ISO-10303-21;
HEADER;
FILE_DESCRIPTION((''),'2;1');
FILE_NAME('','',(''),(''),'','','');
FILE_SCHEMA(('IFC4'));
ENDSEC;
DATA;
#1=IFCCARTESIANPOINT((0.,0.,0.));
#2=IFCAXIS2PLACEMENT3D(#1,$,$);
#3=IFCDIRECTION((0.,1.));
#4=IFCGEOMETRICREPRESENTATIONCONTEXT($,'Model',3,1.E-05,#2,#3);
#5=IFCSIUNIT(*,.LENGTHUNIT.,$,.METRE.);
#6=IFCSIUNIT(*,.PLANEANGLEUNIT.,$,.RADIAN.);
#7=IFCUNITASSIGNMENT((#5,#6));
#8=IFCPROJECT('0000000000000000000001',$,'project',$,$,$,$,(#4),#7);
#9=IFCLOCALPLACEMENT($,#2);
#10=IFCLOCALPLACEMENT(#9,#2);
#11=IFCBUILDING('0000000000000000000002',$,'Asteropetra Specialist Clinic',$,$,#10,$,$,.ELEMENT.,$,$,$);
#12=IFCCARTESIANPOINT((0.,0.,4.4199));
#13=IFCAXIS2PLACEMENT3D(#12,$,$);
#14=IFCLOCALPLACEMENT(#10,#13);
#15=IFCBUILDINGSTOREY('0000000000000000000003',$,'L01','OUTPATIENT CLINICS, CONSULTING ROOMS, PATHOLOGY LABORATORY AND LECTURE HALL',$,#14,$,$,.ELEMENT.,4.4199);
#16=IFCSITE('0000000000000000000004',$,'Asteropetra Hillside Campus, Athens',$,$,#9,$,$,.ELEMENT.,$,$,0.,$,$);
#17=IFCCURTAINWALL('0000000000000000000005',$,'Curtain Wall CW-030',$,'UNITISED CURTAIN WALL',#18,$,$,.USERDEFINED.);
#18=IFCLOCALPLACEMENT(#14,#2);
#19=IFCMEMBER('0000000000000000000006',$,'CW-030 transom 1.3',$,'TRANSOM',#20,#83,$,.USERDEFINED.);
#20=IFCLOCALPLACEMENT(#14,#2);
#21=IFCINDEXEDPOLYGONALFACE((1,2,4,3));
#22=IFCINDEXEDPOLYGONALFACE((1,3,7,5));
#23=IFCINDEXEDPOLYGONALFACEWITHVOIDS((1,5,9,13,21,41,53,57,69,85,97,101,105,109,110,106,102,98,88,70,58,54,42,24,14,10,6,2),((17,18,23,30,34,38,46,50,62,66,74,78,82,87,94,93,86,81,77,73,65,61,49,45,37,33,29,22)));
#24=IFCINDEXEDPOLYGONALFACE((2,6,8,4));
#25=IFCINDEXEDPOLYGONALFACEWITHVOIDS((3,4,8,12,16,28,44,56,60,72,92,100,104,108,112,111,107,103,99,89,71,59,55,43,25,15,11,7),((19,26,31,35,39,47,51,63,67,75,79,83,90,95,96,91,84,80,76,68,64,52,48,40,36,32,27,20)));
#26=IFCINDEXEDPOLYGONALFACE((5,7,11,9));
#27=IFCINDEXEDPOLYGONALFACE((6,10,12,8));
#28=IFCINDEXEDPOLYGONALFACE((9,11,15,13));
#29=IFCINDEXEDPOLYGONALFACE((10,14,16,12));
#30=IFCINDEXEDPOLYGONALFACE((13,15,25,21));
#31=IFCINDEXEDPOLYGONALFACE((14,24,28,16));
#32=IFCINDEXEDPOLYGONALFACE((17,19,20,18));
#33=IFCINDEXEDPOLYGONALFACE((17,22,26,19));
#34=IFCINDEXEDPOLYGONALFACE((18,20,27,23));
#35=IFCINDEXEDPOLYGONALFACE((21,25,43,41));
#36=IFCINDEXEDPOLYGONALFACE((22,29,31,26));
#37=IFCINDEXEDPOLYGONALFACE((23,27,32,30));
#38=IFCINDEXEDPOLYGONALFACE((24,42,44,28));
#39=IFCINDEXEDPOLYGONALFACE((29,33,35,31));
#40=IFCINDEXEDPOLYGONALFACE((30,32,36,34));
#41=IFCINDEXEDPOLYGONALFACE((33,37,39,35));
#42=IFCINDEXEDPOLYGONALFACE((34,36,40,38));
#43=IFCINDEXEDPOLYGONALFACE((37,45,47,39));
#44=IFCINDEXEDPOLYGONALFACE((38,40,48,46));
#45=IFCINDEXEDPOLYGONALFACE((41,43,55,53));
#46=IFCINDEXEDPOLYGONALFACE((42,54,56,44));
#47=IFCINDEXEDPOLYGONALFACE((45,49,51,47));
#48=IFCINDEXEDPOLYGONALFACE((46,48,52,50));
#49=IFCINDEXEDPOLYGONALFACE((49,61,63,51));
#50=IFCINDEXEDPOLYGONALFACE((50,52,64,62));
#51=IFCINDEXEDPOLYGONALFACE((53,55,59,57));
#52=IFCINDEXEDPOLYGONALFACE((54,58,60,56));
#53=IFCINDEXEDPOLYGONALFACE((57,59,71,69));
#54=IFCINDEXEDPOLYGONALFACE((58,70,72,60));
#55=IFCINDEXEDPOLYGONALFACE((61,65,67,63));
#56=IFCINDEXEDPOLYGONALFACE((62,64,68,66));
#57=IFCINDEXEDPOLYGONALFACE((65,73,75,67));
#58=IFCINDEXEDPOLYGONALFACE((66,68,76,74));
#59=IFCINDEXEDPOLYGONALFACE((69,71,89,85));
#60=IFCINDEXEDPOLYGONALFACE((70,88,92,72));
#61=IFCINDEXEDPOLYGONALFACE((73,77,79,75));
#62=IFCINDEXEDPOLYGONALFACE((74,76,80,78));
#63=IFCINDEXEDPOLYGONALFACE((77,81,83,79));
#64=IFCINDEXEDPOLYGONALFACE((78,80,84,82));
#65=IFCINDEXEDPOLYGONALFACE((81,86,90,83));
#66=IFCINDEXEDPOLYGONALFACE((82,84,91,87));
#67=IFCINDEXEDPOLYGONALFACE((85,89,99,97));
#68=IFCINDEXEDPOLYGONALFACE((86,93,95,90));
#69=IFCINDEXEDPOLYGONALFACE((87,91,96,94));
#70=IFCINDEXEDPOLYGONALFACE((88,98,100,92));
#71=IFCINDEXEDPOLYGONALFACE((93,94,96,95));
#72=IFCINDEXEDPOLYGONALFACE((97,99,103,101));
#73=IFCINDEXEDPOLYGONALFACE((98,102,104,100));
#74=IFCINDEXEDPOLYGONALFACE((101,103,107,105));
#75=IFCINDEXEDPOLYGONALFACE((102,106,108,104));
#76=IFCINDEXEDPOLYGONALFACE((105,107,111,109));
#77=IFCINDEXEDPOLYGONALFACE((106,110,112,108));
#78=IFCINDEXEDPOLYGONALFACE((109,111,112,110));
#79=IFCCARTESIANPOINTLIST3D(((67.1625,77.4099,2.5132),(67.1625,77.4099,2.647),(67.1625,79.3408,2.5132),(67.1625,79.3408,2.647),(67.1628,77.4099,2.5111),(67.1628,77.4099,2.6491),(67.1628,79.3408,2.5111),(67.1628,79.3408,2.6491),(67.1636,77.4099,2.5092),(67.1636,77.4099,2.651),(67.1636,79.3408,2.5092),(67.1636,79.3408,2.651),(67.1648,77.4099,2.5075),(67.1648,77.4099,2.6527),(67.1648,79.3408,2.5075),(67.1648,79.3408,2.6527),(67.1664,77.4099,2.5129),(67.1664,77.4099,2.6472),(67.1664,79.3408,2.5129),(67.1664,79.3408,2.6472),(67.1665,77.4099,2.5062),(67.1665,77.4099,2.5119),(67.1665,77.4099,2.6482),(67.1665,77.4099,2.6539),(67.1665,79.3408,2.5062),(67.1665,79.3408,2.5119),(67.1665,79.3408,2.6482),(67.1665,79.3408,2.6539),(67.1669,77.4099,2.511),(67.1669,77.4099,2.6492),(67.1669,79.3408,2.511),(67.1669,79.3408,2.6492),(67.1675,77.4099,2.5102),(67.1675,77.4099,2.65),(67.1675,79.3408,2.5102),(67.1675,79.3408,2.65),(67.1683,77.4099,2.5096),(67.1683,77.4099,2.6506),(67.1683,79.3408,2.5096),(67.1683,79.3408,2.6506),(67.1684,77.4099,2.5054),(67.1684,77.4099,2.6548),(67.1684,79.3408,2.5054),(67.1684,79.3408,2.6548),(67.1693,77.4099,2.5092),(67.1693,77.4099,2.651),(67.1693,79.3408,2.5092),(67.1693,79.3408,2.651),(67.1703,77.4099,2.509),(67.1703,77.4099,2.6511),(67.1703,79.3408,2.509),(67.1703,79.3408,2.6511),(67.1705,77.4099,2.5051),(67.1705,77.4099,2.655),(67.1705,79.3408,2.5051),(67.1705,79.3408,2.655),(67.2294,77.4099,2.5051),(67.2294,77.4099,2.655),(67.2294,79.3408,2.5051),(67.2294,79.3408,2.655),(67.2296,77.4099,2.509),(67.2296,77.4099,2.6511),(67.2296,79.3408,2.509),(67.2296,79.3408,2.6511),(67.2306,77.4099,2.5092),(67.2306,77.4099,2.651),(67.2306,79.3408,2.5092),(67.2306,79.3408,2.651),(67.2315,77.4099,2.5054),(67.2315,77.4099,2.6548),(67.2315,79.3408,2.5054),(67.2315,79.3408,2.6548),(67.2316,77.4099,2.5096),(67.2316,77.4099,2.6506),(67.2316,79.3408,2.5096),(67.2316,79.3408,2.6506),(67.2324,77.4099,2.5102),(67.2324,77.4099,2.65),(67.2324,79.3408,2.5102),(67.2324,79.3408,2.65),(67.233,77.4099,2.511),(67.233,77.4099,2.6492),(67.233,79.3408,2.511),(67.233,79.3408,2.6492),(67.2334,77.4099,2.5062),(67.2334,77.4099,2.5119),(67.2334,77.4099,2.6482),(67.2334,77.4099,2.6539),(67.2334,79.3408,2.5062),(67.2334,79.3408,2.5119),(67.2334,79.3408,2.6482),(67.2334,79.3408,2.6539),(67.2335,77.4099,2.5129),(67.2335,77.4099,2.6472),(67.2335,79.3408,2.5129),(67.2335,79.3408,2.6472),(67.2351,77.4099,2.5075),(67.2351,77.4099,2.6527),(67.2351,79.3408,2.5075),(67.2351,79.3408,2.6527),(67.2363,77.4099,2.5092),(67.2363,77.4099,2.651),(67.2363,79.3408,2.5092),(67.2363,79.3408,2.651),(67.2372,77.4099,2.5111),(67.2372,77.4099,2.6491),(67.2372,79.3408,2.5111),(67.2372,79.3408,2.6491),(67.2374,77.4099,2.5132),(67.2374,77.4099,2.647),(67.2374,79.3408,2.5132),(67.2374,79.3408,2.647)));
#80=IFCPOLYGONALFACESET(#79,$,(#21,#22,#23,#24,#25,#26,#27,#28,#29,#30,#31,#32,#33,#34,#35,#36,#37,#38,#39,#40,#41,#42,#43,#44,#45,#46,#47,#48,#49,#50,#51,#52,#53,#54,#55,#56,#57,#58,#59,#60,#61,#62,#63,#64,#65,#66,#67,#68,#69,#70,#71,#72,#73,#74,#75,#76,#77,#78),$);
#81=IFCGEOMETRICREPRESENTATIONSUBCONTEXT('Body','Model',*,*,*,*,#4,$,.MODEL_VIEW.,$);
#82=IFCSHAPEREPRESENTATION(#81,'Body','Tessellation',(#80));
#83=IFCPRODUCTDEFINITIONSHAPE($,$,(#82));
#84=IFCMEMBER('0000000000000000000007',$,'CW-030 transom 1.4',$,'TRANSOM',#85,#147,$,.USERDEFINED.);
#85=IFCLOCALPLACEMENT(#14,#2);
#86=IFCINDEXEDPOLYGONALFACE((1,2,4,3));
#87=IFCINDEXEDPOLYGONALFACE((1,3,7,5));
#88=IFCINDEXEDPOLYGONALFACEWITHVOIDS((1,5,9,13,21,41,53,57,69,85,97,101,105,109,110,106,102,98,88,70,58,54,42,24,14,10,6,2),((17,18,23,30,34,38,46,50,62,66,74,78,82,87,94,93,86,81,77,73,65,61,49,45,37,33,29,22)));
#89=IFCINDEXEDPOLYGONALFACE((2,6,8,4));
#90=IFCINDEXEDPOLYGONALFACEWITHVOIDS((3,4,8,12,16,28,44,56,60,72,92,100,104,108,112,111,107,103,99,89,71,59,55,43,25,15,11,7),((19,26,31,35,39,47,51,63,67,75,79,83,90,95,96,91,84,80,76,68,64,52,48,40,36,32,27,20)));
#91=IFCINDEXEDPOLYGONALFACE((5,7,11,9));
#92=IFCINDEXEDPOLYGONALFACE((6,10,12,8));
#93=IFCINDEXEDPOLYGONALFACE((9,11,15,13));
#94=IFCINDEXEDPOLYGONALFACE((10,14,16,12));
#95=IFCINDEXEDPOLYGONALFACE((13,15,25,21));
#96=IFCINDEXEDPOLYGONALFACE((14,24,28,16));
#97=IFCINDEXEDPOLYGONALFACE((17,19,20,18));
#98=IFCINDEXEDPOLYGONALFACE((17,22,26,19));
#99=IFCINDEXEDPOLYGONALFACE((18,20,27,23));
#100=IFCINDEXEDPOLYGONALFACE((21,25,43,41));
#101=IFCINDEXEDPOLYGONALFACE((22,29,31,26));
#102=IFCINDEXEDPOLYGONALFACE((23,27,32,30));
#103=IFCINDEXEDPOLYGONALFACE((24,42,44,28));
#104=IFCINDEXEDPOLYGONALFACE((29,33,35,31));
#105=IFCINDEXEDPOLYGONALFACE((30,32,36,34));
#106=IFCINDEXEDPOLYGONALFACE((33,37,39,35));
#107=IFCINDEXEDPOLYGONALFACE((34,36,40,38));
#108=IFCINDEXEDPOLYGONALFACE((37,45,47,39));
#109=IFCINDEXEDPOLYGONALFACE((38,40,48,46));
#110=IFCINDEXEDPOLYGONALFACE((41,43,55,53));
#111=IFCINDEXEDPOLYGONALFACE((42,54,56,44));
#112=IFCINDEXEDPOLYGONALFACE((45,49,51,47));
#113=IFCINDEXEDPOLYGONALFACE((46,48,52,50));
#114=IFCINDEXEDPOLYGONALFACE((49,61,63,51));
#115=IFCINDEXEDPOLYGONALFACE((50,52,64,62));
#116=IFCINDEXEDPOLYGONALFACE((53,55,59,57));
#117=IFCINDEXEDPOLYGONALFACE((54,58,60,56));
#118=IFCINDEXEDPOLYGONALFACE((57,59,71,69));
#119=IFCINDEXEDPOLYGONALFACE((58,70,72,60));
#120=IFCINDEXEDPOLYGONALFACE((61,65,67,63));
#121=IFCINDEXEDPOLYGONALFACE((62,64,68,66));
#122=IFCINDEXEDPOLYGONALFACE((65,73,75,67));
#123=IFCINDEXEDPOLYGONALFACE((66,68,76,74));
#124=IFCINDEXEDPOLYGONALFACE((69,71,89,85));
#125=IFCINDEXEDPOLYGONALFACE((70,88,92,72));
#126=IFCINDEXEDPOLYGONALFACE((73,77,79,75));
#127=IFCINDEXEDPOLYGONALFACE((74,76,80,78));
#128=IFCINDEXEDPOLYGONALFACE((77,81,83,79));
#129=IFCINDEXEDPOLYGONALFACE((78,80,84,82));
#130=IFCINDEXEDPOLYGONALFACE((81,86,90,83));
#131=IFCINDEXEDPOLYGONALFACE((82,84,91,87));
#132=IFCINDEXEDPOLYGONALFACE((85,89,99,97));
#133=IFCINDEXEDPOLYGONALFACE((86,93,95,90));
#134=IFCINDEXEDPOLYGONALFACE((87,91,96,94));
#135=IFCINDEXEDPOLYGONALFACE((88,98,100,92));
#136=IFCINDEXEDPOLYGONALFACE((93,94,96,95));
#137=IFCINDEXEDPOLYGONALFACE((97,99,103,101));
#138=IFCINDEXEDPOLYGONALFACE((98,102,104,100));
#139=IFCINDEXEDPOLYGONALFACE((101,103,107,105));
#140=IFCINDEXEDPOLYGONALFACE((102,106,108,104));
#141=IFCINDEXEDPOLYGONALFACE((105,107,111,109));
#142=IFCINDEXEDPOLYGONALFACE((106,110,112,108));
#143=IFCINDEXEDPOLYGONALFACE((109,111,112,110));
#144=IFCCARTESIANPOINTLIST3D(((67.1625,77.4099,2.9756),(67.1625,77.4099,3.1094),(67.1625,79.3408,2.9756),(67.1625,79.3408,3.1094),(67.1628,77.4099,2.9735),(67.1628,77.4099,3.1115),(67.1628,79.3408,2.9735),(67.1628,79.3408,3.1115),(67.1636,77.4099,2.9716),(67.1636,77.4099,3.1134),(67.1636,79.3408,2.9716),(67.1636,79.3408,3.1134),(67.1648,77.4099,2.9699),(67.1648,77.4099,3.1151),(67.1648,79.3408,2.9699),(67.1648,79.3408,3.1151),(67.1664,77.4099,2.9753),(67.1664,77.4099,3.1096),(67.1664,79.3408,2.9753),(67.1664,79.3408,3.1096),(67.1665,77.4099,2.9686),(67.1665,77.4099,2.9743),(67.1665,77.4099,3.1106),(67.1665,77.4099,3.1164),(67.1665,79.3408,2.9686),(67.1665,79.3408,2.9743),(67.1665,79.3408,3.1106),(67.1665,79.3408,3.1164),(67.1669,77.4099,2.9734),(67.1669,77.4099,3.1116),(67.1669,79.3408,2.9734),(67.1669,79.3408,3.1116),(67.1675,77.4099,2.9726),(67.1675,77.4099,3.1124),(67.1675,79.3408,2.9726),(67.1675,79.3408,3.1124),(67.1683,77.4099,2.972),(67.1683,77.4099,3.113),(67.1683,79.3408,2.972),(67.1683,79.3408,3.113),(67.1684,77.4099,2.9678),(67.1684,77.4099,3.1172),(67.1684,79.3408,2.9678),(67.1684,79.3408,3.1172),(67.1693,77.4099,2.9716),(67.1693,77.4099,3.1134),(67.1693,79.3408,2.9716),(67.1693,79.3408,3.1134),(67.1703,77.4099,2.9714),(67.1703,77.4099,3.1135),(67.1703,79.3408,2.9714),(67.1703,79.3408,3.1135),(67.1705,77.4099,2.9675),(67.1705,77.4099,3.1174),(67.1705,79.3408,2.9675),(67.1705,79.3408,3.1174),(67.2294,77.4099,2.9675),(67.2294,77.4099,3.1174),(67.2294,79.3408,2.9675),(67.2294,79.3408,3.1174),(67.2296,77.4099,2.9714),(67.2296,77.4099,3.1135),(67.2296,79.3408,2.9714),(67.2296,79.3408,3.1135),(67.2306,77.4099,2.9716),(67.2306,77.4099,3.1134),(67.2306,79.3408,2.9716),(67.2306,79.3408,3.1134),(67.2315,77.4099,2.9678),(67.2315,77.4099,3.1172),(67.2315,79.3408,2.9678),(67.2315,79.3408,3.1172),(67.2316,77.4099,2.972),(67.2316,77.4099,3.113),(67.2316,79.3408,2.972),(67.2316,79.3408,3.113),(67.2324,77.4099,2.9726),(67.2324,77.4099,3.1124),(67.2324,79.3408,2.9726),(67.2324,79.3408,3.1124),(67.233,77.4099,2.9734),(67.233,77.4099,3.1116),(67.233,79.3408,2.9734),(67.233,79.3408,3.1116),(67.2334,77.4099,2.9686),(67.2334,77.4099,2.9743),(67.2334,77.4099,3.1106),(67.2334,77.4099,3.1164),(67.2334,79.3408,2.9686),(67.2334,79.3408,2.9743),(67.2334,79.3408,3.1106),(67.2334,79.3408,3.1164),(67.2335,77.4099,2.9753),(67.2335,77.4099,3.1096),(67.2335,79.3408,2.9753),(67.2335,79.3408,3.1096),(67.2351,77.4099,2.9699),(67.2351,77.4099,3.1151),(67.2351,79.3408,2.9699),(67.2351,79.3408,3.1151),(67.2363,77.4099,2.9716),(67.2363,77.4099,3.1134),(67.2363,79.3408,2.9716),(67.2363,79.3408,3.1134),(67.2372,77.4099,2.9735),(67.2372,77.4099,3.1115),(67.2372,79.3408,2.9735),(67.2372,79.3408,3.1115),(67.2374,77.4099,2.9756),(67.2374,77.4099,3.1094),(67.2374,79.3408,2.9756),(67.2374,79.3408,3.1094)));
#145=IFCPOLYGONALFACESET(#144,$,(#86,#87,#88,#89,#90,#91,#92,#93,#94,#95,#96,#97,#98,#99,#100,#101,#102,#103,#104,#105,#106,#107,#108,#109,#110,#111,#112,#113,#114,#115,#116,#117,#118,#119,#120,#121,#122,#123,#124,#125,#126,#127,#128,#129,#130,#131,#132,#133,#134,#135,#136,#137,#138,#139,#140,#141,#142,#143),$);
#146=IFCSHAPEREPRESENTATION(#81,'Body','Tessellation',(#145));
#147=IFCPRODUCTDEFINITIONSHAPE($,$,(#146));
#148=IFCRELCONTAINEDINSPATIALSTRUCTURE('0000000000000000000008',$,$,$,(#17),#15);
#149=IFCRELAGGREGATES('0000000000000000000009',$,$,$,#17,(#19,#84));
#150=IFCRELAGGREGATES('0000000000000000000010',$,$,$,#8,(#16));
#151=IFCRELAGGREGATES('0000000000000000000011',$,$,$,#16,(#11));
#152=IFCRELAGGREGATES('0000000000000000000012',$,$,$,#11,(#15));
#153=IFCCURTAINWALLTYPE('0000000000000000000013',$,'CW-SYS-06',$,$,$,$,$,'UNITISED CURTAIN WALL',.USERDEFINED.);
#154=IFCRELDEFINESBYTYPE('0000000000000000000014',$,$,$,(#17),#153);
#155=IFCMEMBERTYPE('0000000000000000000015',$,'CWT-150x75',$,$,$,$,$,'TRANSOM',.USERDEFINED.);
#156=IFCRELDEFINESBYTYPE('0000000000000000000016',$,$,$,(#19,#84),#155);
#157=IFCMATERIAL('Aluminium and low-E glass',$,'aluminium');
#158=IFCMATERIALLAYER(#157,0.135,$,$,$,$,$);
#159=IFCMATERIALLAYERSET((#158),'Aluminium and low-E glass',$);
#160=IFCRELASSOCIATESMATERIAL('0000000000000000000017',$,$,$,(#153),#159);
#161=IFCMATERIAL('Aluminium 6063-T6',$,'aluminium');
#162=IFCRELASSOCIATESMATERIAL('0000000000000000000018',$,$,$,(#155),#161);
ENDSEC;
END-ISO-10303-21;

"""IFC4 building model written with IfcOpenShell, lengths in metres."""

from ifc_helpers import new_model, si_unit, direction, frame, origin, origin_2d, place, context, subcontext, project, spatial, hollow_rectangle, extrude, material, layer, layer_set, material_profile, profile_set, type_object, element, aggregate, save


model = new_model("IFC4")

# Units and contexts
model_context = context("Model", 3, precision=1e-05, world=origin(), true_north=direction((0.0, 1.0)))
body_context = subcontext(model_context, "Body", "Model", "MODEL_VIEW")
ifc_project = project(units=[si_unit("LENGTHUNIT", "METRE"), si_unit("PLANEANGLEUNIT", "RADIAN")], contexts=[model_context])

# Site, building, storey
site_placement = place(None, origin())
site = spatial("IfcSite", under=ifc_project, at=site_placement, Name="Asteropetra Hillside Campus, Athens", CompositionType="ELEMENT", RefElevation=0.0)
building_placement = place(site_placement, origin())
building = spatial("IfcBuilding", under=site, at=building_placement, Name="Asteropetra Specialist Clinic", CompositionType="ELEMENT")
storey_placement = place(building_placement, frame((0.0, 0.0, 4.4199)))
storey = spatial("IfcBuildingStorey", under=building, at=storey_placement, Name="L01", Description="OUTPATIENT CLINICS, CONSULTING ROOMS, PATHOLOGY LABORATORY AND LECTURE HALL", CompositionType="ELEMENT", Elevation=4.4199)

# Curtain wall, members
ifc_material_1 = material(Name="Aluminium and low-E glass", Category="aluminium")
ifc_layer_1 = layer(ifc_material_1, 0.135)
ifc_layer_set_1 = layer_set([ifc_layer_1], Name="Aluminium and low-E glass")
curtain_wall_type_1 = type_object("IfcCurtainWallType", Name="CW-SYS-06", ElementType="UNITISED CURTAIN WALL", PredefinedType="USERDEFINED", material=ifc_layer_set_1)
curtain_wall_1_placement = place(storey_placement, origin())
curtain_wall_1 = element("IfcCurtainWall", 1, at=curtain_wall_1_placement, inside=storey, type_object=curtain_wall_type_1, Name="Curtain Wall CW-030", ObjectType="UNITISED CURTAIN WALL", PredefinedType="USERDEFINED")
ifc_material_2 = material(Name="Aluminium 6063-T6", Category="aluminium")
ifc_material_profile_1 = material_profile(ifc_material_2, hollow_rectangle(XDim=0.075, YDim=0.1499, WallThickness=0.0039, InnerFilletRadius=0.0039, OuterFilletRadius=0.0081, at=origin_2d()), Name="TRN 150x75x4.0")
ifc_profile_set_1 = profile_set([ifc_material_profile_1], Name="Aluminium 6063-T6")
member_type_1 = type_object("IfcMemberType", Name="CWT-150x75", ElementType="TRANSOM", PredefinedType="USERDEFINED", material=ifc_profile_set_1)
member_1_placement = place(storey_placement, frame((67.2, 77.4099, 2.5801), z_axis=(0.0, 1.0, 0.0), x_axis=(-1.0, 0.0, 0.0)))
member_1 = element("IfcMember", 2, at=member_1_placement, type_object=member_type_1, Name="CW-030 transom 1.3", ObjectType="TRANSOM", PredefinedType="USERDEFINED", context=body_context, shape_type="SweptSolid", body=[
    extrude(hollow_rectangle(XDim=0.075, YDim=0.1499, WallThickness=0.0039, InnerFilletRadius=0.0039, OuterFilletRadius=0.0081, at=origin_2d()), origin(), (0.0, 0.0, 1.0), 1.9309),
])
member_2_placement = place(storey_placement, frame((67.2, 77.4099, 3.0425), z_axis=(0.0, 1.0, 0.0), x_axis=(-1.0, 0.0, 0.0)))
member_2 = element("IfcMember", 3, at=member_2_placement, type_object=member_type_1, Name="CW-030 transom 1.4", ObjectType="TRANSOM", PredefinedType="USERDEFINED", context=body_context, shape_type="SweptSolid", body=[
    extrude(hollow_rectangle(XDim=0.075, YDim=0.1499, WallThickness=0.0039, InnerFilletRadius=0.0039, OuterFilletRadius=0.0081, at=origin_2d()), origin(), (0.0, 0.0, 1.0), 1.9309),
])
aggregate(curtain_wall_1, [member_1, member_2])

save(model, "model.ifc")
